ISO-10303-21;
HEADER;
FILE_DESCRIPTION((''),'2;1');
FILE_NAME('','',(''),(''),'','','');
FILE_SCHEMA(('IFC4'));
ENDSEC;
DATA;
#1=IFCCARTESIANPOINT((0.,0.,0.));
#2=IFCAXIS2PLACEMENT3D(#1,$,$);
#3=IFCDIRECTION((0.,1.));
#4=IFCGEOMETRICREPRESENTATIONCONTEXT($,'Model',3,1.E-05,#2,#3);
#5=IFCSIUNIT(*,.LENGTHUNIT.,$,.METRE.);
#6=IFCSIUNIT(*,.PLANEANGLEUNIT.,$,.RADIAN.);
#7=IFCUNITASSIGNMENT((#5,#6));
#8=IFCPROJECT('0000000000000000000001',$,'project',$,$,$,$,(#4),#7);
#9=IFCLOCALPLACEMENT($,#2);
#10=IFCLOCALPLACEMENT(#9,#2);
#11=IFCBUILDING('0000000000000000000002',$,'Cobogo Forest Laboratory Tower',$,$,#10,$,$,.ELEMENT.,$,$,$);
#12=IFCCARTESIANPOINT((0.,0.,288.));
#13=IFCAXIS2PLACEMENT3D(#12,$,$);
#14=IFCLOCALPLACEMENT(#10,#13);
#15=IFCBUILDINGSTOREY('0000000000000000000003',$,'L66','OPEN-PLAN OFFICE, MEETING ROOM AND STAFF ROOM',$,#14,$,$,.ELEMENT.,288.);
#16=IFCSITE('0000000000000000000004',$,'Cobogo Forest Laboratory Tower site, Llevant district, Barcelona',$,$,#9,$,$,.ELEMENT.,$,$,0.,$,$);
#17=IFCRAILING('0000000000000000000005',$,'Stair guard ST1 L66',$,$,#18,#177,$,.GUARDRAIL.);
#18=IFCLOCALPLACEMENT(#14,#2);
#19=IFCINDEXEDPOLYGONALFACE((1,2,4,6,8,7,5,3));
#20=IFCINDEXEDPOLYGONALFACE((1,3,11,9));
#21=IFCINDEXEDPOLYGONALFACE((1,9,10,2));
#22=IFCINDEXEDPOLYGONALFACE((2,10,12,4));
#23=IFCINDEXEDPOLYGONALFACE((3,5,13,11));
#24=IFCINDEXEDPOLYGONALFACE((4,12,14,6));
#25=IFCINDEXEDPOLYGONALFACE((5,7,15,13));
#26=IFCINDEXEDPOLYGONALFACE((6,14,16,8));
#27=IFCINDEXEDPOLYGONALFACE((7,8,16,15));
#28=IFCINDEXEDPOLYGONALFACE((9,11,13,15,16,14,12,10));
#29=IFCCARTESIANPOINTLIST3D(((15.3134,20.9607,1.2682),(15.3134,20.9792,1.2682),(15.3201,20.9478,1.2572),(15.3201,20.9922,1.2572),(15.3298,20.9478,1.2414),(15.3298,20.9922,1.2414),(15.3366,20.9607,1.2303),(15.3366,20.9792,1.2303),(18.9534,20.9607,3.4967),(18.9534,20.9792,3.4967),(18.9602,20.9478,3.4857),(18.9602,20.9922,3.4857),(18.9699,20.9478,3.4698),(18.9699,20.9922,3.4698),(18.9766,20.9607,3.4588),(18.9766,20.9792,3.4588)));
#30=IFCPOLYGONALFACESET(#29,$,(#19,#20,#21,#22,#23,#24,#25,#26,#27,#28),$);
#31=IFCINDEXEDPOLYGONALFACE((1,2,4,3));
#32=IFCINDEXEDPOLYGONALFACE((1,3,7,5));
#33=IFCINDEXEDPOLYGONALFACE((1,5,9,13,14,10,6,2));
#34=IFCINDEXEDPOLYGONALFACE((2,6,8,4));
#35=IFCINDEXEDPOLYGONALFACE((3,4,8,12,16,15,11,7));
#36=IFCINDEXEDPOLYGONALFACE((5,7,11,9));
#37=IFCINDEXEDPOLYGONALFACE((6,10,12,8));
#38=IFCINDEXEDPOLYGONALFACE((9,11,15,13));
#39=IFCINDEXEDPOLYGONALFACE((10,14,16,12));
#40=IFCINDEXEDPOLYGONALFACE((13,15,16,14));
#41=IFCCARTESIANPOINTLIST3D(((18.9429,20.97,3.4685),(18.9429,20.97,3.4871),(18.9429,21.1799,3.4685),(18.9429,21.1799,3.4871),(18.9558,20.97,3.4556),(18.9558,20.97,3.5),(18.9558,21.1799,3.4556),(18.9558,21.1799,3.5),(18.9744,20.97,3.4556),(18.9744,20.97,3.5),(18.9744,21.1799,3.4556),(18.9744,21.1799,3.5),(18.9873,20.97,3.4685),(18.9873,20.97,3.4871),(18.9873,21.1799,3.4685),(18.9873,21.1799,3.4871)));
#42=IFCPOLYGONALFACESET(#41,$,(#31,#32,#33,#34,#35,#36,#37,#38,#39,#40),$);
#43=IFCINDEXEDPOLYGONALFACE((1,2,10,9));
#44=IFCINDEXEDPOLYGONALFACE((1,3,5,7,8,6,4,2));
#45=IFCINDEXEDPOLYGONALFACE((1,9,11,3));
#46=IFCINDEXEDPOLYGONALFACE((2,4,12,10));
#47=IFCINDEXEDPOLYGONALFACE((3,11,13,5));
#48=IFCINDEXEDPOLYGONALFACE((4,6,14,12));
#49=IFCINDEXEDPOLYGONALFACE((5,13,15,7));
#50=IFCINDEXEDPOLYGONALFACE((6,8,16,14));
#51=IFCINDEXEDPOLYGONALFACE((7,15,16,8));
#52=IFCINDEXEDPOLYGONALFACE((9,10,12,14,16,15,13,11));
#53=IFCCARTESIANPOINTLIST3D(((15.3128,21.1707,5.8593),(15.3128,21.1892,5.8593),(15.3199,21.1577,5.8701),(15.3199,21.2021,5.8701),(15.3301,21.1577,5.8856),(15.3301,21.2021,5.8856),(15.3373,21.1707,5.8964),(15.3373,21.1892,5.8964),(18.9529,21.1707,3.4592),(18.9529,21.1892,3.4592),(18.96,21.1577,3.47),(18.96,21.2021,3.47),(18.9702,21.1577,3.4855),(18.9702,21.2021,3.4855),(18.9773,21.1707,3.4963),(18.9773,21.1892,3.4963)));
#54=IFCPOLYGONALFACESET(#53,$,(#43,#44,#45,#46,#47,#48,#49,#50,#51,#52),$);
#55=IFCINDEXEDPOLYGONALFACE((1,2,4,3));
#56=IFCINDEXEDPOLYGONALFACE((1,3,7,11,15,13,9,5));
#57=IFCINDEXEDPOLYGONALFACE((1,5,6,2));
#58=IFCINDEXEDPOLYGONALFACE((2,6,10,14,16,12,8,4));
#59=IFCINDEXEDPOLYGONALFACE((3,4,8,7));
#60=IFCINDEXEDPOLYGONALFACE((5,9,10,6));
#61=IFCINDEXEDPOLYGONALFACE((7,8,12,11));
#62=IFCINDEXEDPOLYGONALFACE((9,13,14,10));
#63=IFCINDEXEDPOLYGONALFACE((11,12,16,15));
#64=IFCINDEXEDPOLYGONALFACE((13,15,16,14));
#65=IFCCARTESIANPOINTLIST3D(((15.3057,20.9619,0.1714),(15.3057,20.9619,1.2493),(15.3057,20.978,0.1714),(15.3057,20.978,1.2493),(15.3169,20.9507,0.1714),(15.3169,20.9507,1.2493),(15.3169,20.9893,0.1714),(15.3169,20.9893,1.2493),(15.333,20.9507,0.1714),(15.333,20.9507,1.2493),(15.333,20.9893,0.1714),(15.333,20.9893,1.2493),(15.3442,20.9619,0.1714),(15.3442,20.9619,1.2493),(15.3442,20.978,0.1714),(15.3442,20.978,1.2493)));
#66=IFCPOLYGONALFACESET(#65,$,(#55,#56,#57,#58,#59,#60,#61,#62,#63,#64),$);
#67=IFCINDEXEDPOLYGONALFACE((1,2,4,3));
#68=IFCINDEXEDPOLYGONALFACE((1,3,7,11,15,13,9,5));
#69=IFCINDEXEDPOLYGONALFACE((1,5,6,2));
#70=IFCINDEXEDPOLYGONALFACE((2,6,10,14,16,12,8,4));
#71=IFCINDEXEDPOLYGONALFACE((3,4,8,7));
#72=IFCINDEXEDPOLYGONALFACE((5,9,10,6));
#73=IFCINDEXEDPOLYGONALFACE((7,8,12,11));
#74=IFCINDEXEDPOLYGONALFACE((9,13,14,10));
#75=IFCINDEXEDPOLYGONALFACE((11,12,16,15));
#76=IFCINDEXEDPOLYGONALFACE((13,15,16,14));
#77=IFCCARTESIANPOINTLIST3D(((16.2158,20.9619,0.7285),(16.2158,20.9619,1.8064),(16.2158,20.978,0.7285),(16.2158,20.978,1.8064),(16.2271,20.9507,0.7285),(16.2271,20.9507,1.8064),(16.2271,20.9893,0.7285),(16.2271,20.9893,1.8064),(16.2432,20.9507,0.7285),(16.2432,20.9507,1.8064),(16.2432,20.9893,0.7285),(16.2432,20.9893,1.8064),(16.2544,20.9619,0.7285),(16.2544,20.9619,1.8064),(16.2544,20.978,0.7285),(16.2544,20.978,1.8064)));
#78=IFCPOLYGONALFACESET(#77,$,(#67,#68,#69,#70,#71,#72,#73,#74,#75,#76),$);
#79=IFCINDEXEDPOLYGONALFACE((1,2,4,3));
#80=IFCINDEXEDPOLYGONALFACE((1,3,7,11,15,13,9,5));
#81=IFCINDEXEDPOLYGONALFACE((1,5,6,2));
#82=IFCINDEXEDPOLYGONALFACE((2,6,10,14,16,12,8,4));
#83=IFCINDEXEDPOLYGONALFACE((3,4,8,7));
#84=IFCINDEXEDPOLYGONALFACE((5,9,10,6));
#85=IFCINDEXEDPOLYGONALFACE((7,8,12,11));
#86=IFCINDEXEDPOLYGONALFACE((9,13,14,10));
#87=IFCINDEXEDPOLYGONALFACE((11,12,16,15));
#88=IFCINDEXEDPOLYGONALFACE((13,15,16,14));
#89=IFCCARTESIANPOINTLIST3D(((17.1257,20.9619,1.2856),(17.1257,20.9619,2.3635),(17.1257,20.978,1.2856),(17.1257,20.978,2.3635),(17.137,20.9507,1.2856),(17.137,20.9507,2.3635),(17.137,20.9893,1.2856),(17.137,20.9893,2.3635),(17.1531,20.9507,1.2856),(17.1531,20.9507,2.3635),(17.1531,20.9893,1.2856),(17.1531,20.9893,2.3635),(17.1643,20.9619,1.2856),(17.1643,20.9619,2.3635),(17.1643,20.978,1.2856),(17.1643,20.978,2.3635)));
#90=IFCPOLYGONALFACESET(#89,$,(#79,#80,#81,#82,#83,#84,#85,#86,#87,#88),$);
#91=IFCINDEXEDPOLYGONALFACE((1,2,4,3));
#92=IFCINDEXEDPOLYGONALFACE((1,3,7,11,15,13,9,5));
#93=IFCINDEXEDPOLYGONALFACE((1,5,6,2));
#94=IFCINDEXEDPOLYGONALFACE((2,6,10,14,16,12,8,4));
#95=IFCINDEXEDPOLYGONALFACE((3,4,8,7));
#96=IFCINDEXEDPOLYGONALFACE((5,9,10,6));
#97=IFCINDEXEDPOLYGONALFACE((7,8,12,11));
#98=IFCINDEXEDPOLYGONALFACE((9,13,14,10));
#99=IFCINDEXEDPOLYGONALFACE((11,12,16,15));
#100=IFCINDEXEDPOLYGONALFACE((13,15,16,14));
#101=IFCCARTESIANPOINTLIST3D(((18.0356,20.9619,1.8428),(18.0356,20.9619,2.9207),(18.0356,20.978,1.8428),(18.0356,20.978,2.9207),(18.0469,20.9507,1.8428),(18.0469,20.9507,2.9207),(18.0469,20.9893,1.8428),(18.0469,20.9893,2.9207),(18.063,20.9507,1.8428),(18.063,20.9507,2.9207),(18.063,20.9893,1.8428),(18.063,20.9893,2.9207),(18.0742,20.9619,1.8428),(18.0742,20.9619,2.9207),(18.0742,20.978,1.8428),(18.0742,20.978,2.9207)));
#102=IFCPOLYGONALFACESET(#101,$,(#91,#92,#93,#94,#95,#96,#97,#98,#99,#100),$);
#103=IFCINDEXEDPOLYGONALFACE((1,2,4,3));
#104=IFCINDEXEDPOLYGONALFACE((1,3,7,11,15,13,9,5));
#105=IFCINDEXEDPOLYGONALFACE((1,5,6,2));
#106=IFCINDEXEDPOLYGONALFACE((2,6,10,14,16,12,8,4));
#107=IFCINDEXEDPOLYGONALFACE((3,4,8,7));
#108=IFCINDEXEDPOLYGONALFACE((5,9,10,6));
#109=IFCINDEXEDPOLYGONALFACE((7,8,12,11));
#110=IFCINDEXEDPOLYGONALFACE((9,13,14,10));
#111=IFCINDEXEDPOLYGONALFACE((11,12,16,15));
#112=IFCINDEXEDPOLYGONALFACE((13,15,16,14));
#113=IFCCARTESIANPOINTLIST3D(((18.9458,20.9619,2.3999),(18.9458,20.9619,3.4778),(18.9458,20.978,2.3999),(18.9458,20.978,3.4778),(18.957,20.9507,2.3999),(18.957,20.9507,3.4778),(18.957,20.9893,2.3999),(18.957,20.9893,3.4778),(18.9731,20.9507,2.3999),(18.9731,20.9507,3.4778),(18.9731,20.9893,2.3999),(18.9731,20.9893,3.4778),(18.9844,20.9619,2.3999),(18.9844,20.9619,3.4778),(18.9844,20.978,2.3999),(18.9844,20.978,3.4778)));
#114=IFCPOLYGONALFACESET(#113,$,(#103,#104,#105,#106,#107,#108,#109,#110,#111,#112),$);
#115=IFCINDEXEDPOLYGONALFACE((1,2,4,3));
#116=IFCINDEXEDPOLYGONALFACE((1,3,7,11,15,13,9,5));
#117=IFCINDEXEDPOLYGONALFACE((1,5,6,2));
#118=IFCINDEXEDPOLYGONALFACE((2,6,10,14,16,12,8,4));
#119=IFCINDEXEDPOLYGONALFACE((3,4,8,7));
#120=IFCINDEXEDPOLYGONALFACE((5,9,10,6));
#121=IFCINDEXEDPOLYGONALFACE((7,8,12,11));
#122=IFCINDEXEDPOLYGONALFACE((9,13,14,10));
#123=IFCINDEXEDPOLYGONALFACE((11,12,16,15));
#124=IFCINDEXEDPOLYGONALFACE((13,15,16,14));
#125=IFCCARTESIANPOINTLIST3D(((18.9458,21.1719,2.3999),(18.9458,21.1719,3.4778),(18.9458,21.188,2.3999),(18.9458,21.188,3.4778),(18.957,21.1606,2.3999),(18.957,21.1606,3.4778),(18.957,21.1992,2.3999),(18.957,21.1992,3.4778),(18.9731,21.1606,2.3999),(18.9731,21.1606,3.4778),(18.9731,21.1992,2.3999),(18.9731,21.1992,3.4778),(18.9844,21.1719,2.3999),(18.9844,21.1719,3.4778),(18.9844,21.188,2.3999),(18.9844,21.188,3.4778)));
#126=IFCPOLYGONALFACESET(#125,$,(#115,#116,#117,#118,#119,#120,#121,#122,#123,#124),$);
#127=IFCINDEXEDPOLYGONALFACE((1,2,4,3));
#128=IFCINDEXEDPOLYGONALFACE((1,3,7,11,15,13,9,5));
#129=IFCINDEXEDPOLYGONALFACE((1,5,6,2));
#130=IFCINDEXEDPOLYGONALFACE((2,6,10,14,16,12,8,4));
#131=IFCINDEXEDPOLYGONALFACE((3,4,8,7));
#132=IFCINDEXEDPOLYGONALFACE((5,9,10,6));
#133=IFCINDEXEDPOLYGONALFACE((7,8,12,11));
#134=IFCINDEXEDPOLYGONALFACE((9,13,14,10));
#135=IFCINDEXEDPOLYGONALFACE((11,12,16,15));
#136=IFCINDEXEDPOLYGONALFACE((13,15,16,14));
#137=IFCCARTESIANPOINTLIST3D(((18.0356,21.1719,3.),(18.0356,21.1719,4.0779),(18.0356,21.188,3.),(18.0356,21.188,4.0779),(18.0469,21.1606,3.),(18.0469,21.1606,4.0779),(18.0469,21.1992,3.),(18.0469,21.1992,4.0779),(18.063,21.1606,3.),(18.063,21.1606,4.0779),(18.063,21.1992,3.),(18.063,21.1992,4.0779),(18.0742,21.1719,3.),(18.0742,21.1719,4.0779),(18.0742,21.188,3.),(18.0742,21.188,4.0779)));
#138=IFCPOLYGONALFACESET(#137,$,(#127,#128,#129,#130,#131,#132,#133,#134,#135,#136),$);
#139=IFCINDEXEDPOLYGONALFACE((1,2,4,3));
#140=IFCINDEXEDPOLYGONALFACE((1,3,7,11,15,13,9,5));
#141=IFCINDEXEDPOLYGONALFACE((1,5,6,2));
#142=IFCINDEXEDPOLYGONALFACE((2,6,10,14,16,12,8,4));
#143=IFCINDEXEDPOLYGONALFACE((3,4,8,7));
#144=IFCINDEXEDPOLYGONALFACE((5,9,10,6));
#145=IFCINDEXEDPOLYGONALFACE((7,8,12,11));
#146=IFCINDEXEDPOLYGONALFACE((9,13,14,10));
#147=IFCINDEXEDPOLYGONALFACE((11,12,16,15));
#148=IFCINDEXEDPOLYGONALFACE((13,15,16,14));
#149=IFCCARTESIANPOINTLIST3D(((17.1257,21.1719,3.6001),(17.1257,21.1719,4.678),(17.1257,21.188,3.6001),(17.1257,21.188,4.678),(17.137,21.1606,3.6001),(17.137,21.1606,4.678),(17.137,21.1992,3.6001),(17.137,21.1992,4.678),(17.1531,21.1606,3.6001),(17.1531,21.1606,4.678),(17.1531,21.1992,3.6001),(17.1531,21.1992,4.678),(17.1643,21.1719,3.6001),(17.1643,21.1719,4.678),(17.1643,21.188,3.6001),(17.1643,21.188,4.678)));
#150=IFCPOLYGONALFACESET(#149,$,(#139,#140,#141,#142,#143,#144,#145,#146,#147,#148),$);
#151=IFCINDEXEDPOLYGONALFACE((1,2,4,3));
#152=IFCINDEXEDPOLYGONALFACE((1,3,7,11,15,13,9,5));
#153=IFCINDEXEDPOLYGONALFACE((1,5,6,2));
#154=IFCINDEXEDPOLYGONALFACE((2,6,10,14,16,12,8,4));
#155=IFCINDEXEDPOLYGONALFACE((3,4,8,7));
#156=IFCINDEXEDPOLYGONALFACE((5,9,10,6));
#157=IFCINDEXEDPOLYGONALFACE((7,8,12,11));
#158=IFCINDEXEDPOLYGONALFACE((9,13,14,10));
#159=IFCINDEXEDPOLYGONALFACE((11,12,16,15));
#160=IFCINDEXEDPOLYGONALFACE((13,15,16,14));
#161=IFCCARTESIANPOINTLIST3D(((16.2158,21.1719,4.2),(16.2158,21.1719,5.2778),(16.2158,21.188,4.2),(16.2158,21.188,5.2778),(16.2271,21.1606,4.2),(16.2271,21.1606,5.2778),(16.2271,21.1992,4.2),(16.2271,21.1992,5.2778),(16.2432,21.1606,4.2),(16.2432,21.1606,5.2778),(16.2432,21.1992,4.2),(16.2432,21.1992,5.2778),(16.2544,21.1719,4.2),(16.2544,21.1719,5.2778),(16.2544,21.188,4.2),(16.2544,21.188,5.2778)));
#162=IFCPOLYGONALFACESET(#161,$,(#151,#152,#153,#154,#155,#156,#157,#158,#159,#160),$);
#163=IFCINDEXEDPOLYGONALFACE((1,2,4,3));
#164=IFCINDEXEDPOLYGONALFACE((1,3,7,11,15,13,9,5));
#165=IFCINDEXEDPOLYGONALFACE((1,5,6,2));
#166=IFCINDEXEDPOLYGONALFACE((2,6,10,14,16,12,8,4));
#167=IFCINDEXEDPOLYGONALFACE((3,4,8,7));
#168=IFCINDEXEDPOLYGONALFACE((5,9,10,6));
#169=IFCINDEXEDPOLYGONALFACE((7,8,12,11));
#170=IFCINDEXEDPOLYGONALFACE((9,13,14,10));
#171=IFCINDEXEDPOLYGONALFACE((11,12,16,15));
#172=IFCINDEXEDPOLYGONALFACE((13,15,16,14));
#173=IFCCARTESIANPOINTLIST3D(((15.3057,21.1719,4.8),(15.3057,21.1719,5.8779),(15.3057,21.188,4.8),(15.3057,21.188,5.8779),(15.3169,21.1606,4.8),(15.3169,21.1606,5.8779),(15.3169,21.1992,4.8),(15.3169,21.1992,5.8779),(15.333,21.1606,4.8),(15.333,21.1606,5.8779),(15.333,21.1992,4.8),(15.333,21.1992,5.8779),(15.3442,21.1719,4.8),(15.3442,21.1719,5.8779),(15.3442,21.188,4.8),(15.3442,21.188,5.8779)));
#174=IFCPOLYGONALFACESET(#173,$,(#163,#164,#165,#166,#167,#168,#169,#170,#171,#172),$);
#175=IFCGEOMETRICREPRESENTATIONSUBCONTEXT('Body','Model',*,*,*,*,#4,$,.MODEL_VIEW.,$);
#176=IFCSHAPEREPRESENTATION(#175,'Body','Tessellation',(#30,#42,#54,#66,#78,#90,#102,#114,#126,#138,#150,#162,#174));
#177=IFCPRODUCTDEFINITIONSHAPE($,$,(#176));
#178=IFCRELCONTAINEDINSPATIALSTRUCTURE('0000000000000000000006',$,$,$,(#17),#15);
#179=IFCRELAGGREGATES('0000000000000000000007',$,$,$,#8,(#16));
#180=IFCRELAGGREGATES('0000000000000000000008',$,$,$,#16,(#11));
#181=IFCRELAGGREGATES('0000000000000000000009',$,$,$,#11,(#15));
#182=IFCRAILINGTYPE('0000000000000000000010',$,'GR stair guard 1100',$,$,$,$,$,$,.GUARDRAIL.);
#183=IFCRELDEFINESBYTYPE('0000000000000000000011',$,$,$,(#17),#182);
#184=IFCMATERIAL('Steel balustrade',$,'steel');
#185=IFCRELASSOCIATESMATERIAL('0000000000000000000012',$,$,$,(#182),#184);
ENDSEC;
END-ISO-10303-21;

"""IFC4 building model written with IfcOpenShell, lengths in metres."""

from ifc_helpers import new_model, si_unit, direction, frame, origin, place, context, subcontext, project, spatial, polyline, outline, extrude, material, type_object, element, save


model = new_model("IFC4")

# Units and contexts
model_context = context("Model", 3, precision=1e-05, world=origin(), true_north=direction((0.0, 1.0)))
body_context = subcontext(model_context, "Body", "Model", "MODEL_VIEW")
ifc_project = project(units=[si_unit("LENGTHUNIT", "METRE"), si_unit("PLANEANGLEUNIT", "RADIAN")], contexts=[model_context])

# Site, building, storey
site_placement = place(None, origin())
site = spatial("IfcSite", under=ifc_project, at=site_placement, Name="Cobogo Forest Laboratory Tower site, Llevant district, Barcelona", CompositionType="ELEMENT", RefElevation=0.0)
building_placement = place(site_placement, origin())
building = spatial("IfcBuilding", under=site, at=building_placement, Name="Cobogo Forest Laboratory Tower", CompositionType="ELEMENT")
storey_placement = place(building_placement, frame((0.0, 0.0, 288.0)))
storey = spatial("IfcBuildingStorey", under=building, at=storey_placement, Name="L66", Description="OPEN-PLAN OFFICE, MEETING ROOM AND STAFF ROOM", CompositionType="ELEMENT", Elevation=288.0)

# Railing
ifc_material_1 = material(Name="Steel balustrade", Category="steel")
railing_type_1 = type_object("IfcRailingType", Name="GR stair guard 1100", PredefinedType="GUARDRAIL", material=ifc_material_1)
railing_1_placement = place(storey_placement, frame((15.325, 20.97, 0.1714)))
element("IfcRailing", 1, at=railing_1_placement, inside=storey, type_object=railing_type_1, Name="Stair guard ST1 L66", PredefinedType="GUARDRAIL", context=body_context, shape_type="SweptSolid", body=[
    extrude(outline(polyline([(0.0222, 0.0093), (0.0093, 0.0222), (-0.0093, 0.0222), (-0.0222, 0.0093), (-0.0222, -0.0093), (-0.0093, -0.0222), (0.0093, -0.0222), (0.0222, -0.0093), (0.0222, 0.0093)])), frame((0.0, 0.0, 1.0779), z_axis=(0.852866, 0.0, 0.52213), x_axis=(0.0, 1.0, 0.0)), (0.0, 0.0, 1.0), 4.2681),
    extrude(outline(polyline([(0.0222, 0.0093), (0.0093, 0.0222), (-0.0093, 0.0222), (-0.0222, 0.0093), (-0.0222, -0.0093), (-0.0093, -0.0222), (0.0093, -0.0222), (0.0222, -0.0093), (0.0222, 0.0093)])), frame((3.6401, 0.0, 3.3064), z_axis=(0.0, 1.0, 0.0), x_axis=(-1.0, 0.0, 0.0)), (0.0, 0.0, 1.0), 0.21),
    extrude(outline(polyline([(0.0222, 0.0093), (0.0093, 0.0222), (-0.0093, 0.0222), (-0.0222, 0.0093), (-0.0222, -0.0093), (-0.0093, -0.0222), (0.0093, -0.0222), (0.0222, -0.0093), (0.0222, 0.0093)])), frame((3.6401, 0.21, 3.3064), z_axis=(-0.834856, 0.0, 0.550468), x_axis=(0.0, -1.0, 0.0)), (0.0, 0.0, 1.0), 4.3601),
    extrude(outline(polyline([(0.0193, 0.0081), (0.0081, 0.0193), (-0.0081, 0.0193), (-0.0193, 0.0081), (-0.0193, -0.0081), (-0.0081, -0.0193), (0.0081, -0.0193), (0.0193, -0.0081), (0.0193, 0.0081)])), origin(), (0.0, 0.0, 1.0), 1.0779),
    extrude(outline(polyline([(0.0193, 0.0081), (0.0081, 0.0193), (-0.0081, 0.0193), (-0.0193, 0.0081), (-0.0193, -0.0081), (-0.0081, -0.0193), (0.0081, -0.0193), (0.0193, -0.0081), (0.0193, 0.0081)])), frame((0.9102, 0.0, 0.5571)), (0.0, 0.0, 1.0), 1.0779),
    extrude(outline(polyline([(0.0193, 0.0081), (0.0081, 0.0193), (-0.0081, 0.0193), (-0.0193, 0.0081), (-0.0193, -0.0081), (-0.0081, -0.0193), (0.0081, -0.0193), (0.0193, -0.0081), (0.0193, 0.0081)])), frame((1.8201, 0.0, 1.1143)), (0.0, 0.0, 1.0), 1.0779),
    extrude(outline(polyline([(0.0193, 0.0081), (0.0081, 0.0193), (-0.0081, 0.0193), (-0.0193, 0.0081), (-0.0193, -0.0081), (-0.0081, -0.0193), (0.0081, -0.0193), (0.0193, -0.0081), (0.0193, 0.0081)])), frame((2.73, 0.0, 1.6714)), (0.0, 0.0, 1.0), 1.0779),
    extrude(outline(polyline([(0.0193, 0.0081), (0.0081, 0.0193), (-0.0081, 0.0193), (-0.0193, 0.0081), (-0.0193, -0.0081), (-0.0081, -0.0193), (0.0081, -0.0193), (0.0193, -0.0081), (0.0193, 0.0081)])), frame((3.6401, 0.0, 2.2285)), (0.0, 0.0, 1.0), 1.0779),
    extrude(outline(polyline([(0.0193, 0.0081), (0.0081, 0.0193), (-0.0081, 0.0193), (-0.0193, 0.0081), (-0.0193, -0.0081), (-0.0081, -0.0193), (0.0081, -0.0193), (0.0193, -0.0081), (0.0193, 0.0081)])), frame((3.6401, 0.21, 2.2285)), (0.0, 0.0, 1.0), 1.0779),
    extrude(outline(polyline([(0.0193, 0.0081), (0.0081, 0.0193), (-0.0081, 0.0193), (-0.0193, 0.0081), (-0.0193, -0.0081), (-0.0081, -0.0193), (0.0081, -0.0193), (0.0193, -0.0081), (0.0193, 0.0081)])), frame((2.73, 0.21, 2.8286)), (0.0, 0.0, 1.0), 1.0779),
    extrude(outline(polyline([(0.0193, 0.0081), (0.0081, 0.0193), (-0.0081, 0.0193), (-0.0193, 0.0081), (-0.0193, -0.0081), (-0.0081, -0.0193), (0.0081, -0.0193), (0.0193, -0.0081), (0.0193, 0.0081)])), frame((1.8201, 0.21, 3.4287)), (0.0, 0.0, 1.0), 1.0779),
    extrude(outline(polyline([(0.0193, 0.0081), (0.0081, 0.0193), (-0.0081, 0.0193), (-0.0193, 0.0081), (-0.0193, -0.0081), (-0.0081, -0.0193), (0.0081, -0.0193), (0.0193, -0.0081), (0.0193, 0.0081)])), frame((0.9102, 0.21, 4.0286)), (0.0, 0.0, 1.0), 1.0779),
    extrude(outline(polyline([(0.0193, 0.0081), (0.0081, 0.0193), (-0.0081, 0.0193), (-0.0193, 0.0081), (-0.0193, -0.0081), (-0.0081, -0.0193), (0.0081, -0.0193), (0.0193, -0.0081), (0.0193, 0.0081)])), frame((0.0, 0.21, 4.6287)), (0.0, 0.0, 1.0), 1.0779),
])

save(model, "model.ifc")
